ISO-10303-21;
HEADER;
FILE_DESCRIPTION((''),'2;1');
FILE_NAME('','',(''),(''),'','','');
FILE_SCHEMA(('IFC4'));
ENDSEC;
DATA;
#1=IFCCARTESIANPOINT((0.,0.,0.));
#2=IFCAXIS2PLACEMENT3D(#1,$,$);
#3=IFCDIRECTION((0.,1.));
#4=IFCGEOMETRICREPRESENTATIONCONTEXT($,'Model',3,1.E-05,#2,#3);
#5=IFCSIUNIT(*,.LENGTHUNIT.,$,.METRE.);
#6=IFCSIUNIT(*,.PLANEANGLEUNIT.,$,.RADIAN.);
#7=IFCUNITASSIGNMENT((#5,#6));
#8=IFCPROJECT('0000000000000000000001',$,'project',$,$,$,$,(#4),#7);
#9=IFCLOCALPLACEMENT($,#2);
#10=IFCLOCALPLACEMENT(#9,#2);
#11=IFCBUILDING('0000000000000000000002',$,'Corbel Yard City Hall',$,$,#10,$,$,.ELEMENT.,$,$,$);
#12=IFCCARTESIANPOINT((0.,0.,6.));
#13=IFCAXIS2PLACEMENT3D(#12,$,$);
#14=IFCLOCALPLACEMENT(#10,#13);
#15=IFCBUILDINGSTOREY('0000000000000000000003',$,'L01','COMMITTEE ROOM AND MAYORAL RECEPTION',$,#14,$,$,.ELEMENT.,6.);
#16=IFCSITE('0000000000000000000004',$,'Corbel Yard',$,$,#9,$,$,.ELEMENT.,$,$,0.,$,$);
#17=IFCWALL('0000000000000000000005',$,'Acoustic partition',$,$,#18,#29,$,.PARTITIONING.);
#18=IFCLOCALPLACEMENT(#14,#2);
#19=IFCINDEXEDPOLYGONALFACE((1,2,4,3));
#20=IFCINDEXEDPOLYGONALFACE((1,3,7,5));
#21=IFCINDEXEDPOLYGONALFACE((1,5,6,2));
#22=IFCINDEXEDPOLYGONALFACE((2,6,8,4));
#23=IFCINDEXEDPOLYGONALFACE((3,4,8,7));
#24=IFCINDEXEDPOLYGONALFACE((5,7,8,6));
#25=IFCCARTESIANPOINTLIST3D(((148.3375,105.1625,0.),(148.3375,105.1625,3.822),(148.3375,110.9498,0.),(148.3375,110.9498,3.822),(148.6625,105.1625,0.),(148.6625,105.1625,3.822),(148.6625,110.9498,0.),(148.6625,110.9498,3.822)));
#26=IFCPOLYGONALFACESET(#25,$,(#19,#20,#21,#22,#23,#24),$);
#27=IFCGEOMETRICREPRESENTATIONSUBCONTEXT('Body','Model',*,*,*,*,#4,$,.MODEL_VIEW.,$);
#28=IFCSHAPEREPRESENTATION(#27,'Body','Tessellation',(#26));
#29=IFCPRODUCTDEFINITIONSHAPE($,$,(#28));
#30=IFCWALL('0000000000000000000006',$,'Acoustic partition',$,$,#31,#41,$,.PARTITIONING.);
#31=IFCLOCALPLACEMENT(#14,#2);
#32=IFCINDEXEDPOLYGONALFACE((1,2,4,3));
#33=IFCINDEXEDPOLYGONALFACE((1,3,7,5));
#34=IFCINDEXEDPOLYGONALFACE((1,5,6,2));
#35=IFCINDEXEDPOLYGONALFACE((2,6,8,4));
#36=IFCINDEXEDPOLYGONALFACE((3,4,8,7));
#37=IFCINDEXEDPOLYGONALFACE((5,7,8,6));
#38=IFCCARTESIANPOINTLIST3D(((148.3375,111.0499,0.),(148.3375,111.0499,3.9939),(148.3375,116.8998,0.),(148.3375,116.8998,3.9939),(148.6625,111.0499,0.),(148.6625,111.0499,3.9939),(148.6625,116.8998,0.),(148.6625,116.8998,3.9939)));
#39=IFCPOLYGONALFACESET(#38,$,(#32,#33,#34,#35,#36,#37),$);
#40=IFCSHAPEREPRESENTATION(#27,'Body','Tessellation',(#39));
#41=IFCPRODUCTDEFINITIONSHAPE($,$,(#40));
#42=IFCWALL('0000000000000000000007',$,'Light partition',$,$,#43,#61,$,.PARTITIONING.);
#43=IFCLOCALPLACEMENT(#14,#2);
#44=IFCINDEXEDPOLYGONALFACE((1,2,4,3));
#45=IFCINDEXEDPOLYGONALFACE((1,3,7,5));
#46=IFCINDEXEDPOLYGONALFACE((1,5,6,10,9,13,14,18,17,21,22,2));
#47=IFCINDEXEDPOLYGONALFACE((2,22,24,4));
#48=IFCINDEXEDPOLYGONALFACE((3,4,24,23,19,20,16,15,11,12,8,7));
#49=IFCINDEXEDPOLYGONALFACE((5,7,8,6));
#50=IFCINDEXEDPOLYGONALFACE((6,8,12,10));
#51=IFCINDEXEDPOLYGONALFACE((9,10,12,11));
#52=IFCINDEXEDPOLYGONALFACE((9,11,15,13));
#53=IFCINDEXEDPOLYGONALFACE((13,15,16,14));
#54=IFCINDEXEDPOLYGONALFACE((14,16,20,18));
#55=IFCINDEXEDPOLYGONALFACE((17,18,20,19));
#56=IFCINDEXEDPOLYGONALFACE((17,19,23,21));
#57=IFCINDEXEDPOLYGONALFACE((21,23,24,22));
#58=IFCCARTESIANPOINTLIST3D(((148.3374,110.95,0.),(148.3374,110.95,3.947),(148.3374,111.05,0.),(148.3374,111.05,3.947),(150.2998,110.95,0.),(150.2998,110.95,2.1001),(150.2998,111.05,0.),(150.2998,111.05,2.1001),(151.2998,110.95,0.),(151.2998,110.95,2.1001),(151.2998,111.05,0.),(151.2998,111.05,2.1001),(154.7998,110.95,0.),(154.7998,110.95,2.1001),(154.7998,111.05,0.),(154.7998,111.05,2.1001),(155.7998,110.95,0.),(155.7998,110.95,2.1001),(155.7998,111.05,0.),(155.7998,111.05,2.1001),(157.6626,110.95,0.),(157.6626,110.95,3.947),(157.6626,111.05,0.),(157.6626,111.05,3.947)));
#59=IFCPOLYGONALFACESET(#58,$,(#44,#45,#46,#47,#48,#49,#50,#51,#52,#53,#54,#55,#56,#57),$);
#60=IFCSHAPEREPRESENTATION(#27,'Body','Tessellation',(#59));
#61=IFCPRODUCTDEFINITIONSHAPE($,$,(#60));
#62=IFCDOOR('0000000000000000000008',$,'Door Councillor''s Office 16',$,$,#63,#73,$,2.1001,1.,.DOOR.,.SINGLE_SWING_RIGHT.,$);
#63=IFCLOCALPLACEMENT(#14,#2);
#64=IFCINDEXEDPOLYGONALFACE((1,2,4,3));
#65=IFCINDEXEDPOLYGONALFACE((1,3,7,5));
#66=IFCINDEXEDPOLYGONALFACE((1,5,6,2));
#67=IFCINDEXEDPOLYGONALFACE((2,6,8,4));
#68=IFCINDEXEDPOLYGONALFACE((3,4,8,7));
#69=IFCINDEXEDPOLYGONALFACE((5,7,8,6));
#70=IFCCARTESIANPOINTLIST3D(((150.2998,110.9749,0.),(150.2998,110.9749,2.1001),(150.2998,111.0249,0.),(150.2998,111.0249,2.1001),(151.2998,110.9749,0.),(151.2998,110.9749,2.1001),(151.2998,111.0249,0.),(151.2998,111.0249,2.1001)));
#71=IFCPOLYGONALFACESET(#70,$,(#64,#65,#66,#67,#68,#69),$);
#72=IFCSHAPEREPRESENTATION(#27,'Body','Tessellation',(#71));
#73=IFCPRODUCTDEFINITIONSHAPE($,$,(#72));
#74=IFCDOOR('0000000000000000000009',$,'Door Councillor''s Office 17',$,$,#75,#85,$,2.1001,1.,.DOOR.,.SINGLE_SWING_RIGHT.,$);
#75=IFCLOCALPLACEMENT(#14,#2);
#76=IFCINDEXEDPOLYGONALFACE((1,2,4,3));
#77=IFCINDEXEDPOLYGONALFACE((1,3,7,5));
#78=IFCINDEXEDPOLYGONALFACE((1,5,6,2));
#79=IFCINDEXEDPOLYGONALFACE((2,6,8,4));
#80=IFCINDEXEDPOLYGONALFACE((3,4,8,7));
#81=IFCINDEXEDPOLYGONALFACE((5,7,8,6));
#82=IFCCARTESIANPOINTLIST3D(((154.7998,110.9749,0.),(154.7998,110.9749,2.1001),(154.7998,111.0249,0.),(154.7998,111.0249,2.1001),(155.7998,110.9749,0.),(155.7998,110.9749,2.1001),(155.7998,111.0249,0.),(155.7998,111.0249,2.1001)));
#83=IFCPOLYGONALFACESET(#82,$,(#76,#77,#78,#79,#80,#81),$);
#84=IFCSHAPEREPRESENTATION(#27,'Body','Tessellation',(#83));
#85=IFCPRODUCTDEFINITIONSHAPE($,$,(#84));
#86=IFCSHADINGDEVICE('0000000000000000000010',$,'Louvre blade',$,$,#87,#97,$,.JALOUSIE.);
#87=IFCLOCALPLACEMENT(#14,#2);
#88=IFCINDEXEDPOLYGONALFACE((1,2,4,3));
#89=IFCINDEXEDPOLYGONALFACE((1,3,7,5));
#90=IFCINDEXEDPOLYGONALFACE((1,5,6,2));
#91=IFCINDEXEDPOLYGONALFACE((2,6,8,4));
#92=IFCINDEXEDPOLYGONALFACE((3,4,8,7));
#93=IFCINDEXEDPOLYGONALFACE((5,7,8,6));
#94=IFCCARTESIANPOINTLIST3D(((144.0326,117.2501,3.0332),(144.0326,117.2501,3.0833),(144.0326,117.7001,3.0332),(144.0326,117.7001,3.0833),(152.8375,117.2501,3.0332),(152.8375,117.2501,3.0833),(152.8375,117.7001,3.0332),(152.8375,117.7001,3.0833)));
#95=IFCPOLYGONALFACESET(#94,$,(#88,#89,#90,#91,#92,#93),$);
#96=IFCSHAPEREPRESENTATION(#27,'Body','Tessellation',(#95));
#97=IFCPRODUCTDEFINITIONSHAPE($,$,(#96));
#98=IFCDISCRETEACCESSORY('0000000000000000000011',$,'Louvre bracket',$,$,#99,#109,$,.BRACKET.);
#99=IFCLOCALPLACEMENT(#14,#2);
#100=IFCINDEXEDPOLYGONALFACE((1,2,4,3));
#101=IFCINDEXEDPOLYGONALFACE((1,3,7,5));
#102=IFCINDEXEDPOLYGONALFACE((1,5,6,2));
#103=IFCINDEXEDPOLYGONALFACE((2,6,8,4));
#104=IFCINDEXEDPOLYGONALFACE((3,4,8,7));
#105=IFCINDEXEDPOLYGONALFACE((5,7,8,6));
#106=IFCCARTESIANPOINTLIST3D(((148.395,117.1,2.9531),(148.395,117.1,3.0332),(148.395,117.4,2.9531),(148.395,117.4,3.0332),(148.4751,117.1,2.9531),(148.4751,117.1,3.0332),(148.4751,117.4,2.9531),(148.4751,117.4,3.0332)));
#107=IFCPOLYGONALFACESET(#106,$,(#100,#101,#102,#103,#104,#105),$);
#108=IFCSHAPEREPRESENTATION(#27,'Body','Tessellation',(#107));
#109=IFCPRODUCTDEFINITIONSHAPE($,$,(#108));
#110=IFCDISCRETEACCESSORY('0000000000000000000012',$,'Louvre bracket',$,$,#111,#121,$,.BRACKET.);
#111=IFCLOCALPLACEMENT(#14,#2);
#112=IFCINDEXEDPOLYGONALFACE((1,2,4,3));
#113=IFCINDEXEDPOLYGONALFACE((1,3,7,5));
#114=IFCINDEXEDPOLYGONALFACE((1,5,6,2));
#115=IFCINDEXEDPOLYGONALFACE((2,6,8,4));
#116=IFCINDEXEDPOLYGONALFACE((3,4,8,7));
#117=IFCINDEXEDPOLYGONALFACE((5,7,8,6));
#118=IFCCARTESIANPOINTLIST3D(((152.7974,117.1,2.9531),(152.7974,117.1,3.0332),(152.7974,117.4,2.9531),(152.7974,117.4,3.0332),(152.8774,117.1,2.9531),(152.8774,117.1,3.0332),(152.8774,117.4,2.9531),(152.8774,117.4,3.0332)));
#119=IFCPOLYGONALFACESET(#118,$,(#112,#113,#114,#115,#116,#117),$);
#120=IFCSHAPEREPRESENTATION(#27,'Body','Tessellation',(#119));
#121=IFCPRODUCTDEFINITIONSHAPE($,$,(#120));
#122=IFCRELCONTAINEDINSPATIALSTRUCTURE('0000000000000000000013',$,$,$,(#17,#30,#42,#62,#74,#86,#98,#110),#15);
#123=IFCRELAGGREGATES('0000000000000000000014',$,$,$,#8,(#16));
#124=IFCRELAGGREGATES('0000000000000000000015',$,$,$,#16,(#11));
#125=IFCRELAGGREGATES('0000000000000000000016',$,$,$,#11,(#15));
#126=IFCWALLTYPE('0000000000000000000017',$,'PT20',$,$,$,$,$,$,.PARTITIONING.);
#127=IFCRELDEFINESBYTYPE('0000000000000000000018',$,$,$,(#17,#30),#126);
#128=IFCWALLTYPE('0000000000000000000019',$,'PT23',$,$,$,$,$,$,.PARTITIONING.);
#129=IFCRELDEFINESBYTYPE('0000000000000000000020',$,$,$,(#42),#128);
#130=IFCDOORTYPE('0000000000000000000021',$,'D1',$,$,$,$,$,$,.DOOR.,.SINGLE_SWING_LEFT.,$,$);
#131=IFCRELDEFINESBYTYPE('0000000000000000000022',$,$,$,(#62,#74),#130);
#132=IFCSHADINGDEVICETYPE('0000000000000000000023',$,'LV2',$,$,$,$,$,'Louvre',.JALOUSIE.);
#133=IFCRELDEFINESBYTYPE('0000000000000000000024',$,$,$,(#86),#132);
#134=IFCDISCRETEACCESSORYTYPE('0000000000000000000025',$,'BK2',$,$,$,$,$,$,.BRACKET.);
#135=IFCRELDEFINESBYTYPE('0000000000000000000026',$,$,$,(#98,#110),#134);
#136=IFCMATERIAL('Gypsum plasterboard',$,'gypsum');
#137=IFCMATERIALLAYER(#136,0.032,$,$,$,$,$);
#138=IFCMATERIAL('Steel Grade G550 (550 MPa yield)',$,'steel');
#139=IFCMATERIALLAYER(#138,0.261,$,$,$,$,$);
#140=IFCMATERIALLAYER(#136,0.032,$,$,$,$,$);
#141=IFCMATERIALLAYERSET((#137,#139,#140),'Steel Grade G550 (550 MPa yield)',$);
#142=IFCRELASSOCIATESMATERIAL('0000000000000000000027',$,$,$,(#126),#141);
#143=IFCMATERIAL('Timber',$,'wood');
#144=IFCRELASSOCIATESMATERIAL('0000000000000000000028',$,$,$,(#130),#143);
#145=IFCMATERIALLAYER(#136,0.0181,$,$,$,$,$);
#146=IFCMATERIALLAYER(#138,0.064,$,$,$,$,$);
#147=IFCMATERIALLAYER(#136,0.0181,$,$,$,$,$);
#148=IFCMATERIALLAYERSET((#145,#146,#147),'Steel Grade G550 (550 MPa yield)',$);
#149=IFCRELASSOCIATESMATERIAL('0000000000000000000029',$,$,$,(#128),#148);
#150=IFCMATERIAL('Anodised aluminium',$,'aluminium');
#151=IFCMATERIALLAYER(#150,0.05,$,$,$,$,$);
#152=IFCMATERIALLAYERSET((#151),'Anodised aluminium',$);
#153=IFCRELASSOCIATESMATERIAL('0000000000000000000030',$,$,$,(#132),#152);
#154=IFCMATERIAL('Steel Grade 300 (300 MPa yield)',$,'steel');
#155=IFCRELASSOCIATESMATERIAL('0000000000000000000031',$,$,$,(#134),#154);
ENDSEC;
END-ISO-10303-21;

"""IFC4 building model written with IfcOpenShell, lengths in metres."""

from ifc_helpers import new_model, si_unit, direction, frame, frame_2d, origin, origin_2d, place, context, subcontext, project, spatial, rectangle, extrude, material, layer, layer_set, type_object, element, fill, save


model = new_model("IFC4")

# Units and contexts
model_context = context("Model", 3, precision=1e-05, world=origin(), true_north=direction((0.0, 1.0)))
body_context = subcontext(model_context, "Body", "Model", "MODEL_VIEW")
ifc_project = project(units=[si_unit("LENGTHUNIT", "METRE"), si_unit("PLANEANGLEUNIT", "RADIAN")], contexts=[model_context])

# Site, building, storey
site_placement = place(None, origin())
site = spatial("IfcSite", under=ifc_project, at=site_placement, Name="Corbel Yard", CompositionType="ELEMENT", RefElevation=0.0)
building_placement = place(site_placement, origin())
building = spatial("IfcBuilding", under=site, at=building_placement, Name="Corbel Yard City Hall", CompositionType="ELEMENT")
storey_placement = place(building_placement, frame((0.0, 0.0, 6.0)))
storey = spatial("IfcBuildingStorey", under=building, at=storey_placement, Name="L01", Description="COMMITTEE ROOM AND MAYORAL RECEPTION", CompositionType="ELEMENT", Elevation=6.0)

# Shared definitions
ifc_material_1 = material(Name="Steel Grade 300 (300 MPa yield)", Category="steel")

# Shared definitions
ifc_material_2 = material(Name="Gypsum plasterboard", Category="gypsum")
ifc_layer_1 = layer(ifc_material_2, 0.032)
ifc_material_3 = material(Name="Steel Grade G550 (550 MPa yield)", Category="steel")
ifc_layer_2 = layer(ifc_material_3, 0.261)
ifc_layer_3 = layer(ifc_material_2, 0.032)
ifc_layer_set_1 = layer_set([ifc_layer_1, ifc_layer_2, ifc_layer_3], Name="Steel Grade G550 (550 MPa yield)")
wall_type_1 = type_object("IfcWallType", Name="PT20", PredefinedType="PARTITIONING", material=ifc_layer_set_1)
ifc_material_4 = material(Name="Timber", Category="wood")
door_type = type_object("IfcDoorType", Name="D1", OperationType="SINGLE_SWING_LEFT", PredefinedType="DOOR", material=ifc_material_4)

# Walls
wall_1_placement = place(storey_placement, frame((148.5, 105.1626, 0.0), z_axis=(0.0, 0.0, 1.0), x_axis=(0.0, 1.0, 0.0)))
element("IfcWall", 1, at=wall_1_placement, inside=storey, type_object=wall_type_1, Name="Acoustic partition", PredefinedType="PARTITIONING", context=body_context, shape_type="SweptSolid", body=[
    extrude(rectangle(XDim=5.7874, YDim=0.325, at=frame_2d((2.8936, 0.0))), origin(), (0.0, 0.0, 1.0), 3.822),
])
wall_2_placement = place(storey_placement, frame((148.5, 111.05, 0.0), z_axis=(0.0, 0.0, 1.0), x_axis=(0.0, 1.0, 0.0)))
element("IfcWall", 2, at=wall_2_placement, inside=storey, type_object=wall_type_1, Name="Acoustic partition", PredefinedType="PARTITIONING", context=body_context, shape_type="SweptSolid", body=[
    extrude(rectangle(XDim=5.8499, YDim=0.325, at=frame_2d((2.9248, 0.0))), origin(), (0.0, 0.0, 1.0), 3.9939),
])

# Wall, openings, doors
ifc_layer_4 = layer(ifc_material_2, 0.0181)
ifc_layer_5 = layer(ifc_material_3, 0.064)
ifc_layer_6 = layer(ifc_material_2, 0.0181)
ifc_layer_set_2 = layer_set([ifc_layer_4, ifc_layer_5, ifc_layer_6], Name="Steel Grade G550 (550 MPa yield)")
wall_type_2 = type_object("IfcWallType", Name="PT23", PredefinedType="PARTITIONING", material=ifc_layer_set_2)
wall_3_placement = place(storey_placement, frame((148.3374, 111.0, 0.0), z_axis=(0.0, 0.0, 1.0), x_axis=(1.0, 0.0, 0.0)))
wall_3 = element("IfcWall", 3, at=wall_3_placement, inside=storey, type_object=wall_type_2, Name="Light partition", PredefinedType="PARTITIONING", context=body_context, shape_type="SweptSolid", body=[
    extrude(rectangle(XDim=9.3252, YDim=0.1001, at=frame_2d((4.6626, 0.0))), origin(), (0.0, 0.0, 1.0), 3.947),
])
opening_1_placement = place(wall_3_placement, frame((1.9624, 0.0, 0.0)))
opening_1 = element("IfcOpeningElement", 4, at=opening_1_placement, cuts=wall_3, PredefinedType="OPENING", context=body_context, shape_type="SweptSolid", body=[
    extrude(rectangle(XDim=1.0, YDim=2.1001, at=frame_2d((0.5, 1.05))), frame((0.0, 0.0601, 0.0), z_axis=(0.0, -1.0, 0.0), x_axis=(1.0, 0.0, 0.0)), (0.0, 0.0, 1.0), 0.1201),
])
opening_2_placement = place(wall_3_placement, frame((6.4624, 0.0, 0.0)))
opening_2 = element("IfcOpeningElement", 5, at=opening_2_placement, cuts=wall_3, PredefinedType="OPENING", context=body_context, shape_type="SweptSolid", body=[
    extrude(rectangle(XDim=1.0, YDim=2.1001, at=frame_2d((0.5, 1.05))), frame((0.0, 0.0601, 0.0), z_axis=(0.0, -1.0, 0.0), x_axis=(1.0, 0.0, 0.0)), (0.0, 0.0, 1.0), 0.1201),
])
door_1_placement = place(opening_1_placement, origin())
door_1 = element("IfcDoor", 6, at=door_1_placement, inside=storey, type_object=door_type, Name="Door Councillor's Office 16", OperationType="SINGLE_SWING_RIGHT", OverallHeight=2.1001, OverallWidth=1.0, PredefinedType="DOOR", context=body_context, shape_type="SweptSolid", body=[
    extrude(rectangle(XDim=1.0, YDim=2.1001, at=frame_2d((0.5, 1.05))), frame((0.0, 0.0249, 0.0), z_axis=(0.0, -1.0, 0.0), x_axis=(1.0, 0.0, 0.0)), (0.0, 0.0, 1.0), 0.05),
])
fill(opening_1, door_1)
door_2_placement = place(opening_2_placement, origin())
door_2 = element("IfcDoor", 7, at=door_2_placement, inside=storey, type_object=door_type, Name="Door Councillor's Office 17", OperationType="SINGLE_SWING_RIGHT", OverallHeight=2.1001, OverallWidth=1.0, PredefinedType="DOOR", context=body_context, shape_type="SweptSolid", body=[
    extrude(rectangle(XDim=1.0, YDim=2.1001, at=frame_2d((0.5, 1.05))), frame((0.0, 0.0249, 0.0), z_axis=(0.0, -1.0, 0.0), x_axis=(1.0, 0.0, 0.0)), (0.0, 0.0, 1.0), 0.05),
])
fill(opening_2, door_2)

# Shading device
ifc_material_5 = material(Name="Anodised aluminium", Category="aluminium")
ifc_layer_7 = layer(ifc_material_5, 0.05)
ifc_layer_set_3 = layer_set([ifc_layer_7], Name="Anodised aluminium")
shading_device_type = type_object("IfcShadingDeviceType", Name="LV2", ElementType="Louvre", PredefinedType="JALOUSIE", material=ifc_layer_set_3)
shading_device_placement = place(storey_placement, frame((148.4351, 117.4751, 3.0332), z_axis=(0.0, 0.0, 1.0), x_axis=(1.0, 0.0, 0.0)))
element("IfcShadingDevice", 8, at=shading_device_placement, inside=storey, type_object=shading_device_type, Name="Louvre blade", PredefinedType="JALOUSIE", context=body_context, shape_type="SweptSolid", body=[
    extrude(rectangle(XDim=8.8049, YDim=0.45, at=origin_2d()), origin(), (0.0, 0.0, 1.0), 0.05),
])

# Discrete accessories
discrete_accessory_type = type_object("IfcDiscreteAccessoryType", Name="BK2", PredefinedType="BRACKET", material=ifc_material_1)
for number, where, z_axis, x_axis, name in (
    (9, (148.4351, 117.25, 2.9531), (0.0, 0.0, 1.0), (1.0, 0.0, 0.0), "Louvre bracket"),
    (10, (152.8374, 117.25, 2.9531), (0.0, 0.0, 1.0), (1.0, 0.0, 0.0), "Louvre bracket"),
):
    element("IfcDiscreteAccessory", number, at=place(storey_placement, frame(where, z_axis=z_axis, x_axis=x_axis)), inside=storey, type_object=discrete_accessory_type, Name=name, PredefinedType="BRACKET", context=body_context, shape_type="SweptSolid", body=[
        extrude(rectangle(XDim=0.0801, YDim=0.3, at=origin_2d()), origin(), (0.0, 0.0, 1.0), 0.0801),
    ])

save(model, "model.ifc")
